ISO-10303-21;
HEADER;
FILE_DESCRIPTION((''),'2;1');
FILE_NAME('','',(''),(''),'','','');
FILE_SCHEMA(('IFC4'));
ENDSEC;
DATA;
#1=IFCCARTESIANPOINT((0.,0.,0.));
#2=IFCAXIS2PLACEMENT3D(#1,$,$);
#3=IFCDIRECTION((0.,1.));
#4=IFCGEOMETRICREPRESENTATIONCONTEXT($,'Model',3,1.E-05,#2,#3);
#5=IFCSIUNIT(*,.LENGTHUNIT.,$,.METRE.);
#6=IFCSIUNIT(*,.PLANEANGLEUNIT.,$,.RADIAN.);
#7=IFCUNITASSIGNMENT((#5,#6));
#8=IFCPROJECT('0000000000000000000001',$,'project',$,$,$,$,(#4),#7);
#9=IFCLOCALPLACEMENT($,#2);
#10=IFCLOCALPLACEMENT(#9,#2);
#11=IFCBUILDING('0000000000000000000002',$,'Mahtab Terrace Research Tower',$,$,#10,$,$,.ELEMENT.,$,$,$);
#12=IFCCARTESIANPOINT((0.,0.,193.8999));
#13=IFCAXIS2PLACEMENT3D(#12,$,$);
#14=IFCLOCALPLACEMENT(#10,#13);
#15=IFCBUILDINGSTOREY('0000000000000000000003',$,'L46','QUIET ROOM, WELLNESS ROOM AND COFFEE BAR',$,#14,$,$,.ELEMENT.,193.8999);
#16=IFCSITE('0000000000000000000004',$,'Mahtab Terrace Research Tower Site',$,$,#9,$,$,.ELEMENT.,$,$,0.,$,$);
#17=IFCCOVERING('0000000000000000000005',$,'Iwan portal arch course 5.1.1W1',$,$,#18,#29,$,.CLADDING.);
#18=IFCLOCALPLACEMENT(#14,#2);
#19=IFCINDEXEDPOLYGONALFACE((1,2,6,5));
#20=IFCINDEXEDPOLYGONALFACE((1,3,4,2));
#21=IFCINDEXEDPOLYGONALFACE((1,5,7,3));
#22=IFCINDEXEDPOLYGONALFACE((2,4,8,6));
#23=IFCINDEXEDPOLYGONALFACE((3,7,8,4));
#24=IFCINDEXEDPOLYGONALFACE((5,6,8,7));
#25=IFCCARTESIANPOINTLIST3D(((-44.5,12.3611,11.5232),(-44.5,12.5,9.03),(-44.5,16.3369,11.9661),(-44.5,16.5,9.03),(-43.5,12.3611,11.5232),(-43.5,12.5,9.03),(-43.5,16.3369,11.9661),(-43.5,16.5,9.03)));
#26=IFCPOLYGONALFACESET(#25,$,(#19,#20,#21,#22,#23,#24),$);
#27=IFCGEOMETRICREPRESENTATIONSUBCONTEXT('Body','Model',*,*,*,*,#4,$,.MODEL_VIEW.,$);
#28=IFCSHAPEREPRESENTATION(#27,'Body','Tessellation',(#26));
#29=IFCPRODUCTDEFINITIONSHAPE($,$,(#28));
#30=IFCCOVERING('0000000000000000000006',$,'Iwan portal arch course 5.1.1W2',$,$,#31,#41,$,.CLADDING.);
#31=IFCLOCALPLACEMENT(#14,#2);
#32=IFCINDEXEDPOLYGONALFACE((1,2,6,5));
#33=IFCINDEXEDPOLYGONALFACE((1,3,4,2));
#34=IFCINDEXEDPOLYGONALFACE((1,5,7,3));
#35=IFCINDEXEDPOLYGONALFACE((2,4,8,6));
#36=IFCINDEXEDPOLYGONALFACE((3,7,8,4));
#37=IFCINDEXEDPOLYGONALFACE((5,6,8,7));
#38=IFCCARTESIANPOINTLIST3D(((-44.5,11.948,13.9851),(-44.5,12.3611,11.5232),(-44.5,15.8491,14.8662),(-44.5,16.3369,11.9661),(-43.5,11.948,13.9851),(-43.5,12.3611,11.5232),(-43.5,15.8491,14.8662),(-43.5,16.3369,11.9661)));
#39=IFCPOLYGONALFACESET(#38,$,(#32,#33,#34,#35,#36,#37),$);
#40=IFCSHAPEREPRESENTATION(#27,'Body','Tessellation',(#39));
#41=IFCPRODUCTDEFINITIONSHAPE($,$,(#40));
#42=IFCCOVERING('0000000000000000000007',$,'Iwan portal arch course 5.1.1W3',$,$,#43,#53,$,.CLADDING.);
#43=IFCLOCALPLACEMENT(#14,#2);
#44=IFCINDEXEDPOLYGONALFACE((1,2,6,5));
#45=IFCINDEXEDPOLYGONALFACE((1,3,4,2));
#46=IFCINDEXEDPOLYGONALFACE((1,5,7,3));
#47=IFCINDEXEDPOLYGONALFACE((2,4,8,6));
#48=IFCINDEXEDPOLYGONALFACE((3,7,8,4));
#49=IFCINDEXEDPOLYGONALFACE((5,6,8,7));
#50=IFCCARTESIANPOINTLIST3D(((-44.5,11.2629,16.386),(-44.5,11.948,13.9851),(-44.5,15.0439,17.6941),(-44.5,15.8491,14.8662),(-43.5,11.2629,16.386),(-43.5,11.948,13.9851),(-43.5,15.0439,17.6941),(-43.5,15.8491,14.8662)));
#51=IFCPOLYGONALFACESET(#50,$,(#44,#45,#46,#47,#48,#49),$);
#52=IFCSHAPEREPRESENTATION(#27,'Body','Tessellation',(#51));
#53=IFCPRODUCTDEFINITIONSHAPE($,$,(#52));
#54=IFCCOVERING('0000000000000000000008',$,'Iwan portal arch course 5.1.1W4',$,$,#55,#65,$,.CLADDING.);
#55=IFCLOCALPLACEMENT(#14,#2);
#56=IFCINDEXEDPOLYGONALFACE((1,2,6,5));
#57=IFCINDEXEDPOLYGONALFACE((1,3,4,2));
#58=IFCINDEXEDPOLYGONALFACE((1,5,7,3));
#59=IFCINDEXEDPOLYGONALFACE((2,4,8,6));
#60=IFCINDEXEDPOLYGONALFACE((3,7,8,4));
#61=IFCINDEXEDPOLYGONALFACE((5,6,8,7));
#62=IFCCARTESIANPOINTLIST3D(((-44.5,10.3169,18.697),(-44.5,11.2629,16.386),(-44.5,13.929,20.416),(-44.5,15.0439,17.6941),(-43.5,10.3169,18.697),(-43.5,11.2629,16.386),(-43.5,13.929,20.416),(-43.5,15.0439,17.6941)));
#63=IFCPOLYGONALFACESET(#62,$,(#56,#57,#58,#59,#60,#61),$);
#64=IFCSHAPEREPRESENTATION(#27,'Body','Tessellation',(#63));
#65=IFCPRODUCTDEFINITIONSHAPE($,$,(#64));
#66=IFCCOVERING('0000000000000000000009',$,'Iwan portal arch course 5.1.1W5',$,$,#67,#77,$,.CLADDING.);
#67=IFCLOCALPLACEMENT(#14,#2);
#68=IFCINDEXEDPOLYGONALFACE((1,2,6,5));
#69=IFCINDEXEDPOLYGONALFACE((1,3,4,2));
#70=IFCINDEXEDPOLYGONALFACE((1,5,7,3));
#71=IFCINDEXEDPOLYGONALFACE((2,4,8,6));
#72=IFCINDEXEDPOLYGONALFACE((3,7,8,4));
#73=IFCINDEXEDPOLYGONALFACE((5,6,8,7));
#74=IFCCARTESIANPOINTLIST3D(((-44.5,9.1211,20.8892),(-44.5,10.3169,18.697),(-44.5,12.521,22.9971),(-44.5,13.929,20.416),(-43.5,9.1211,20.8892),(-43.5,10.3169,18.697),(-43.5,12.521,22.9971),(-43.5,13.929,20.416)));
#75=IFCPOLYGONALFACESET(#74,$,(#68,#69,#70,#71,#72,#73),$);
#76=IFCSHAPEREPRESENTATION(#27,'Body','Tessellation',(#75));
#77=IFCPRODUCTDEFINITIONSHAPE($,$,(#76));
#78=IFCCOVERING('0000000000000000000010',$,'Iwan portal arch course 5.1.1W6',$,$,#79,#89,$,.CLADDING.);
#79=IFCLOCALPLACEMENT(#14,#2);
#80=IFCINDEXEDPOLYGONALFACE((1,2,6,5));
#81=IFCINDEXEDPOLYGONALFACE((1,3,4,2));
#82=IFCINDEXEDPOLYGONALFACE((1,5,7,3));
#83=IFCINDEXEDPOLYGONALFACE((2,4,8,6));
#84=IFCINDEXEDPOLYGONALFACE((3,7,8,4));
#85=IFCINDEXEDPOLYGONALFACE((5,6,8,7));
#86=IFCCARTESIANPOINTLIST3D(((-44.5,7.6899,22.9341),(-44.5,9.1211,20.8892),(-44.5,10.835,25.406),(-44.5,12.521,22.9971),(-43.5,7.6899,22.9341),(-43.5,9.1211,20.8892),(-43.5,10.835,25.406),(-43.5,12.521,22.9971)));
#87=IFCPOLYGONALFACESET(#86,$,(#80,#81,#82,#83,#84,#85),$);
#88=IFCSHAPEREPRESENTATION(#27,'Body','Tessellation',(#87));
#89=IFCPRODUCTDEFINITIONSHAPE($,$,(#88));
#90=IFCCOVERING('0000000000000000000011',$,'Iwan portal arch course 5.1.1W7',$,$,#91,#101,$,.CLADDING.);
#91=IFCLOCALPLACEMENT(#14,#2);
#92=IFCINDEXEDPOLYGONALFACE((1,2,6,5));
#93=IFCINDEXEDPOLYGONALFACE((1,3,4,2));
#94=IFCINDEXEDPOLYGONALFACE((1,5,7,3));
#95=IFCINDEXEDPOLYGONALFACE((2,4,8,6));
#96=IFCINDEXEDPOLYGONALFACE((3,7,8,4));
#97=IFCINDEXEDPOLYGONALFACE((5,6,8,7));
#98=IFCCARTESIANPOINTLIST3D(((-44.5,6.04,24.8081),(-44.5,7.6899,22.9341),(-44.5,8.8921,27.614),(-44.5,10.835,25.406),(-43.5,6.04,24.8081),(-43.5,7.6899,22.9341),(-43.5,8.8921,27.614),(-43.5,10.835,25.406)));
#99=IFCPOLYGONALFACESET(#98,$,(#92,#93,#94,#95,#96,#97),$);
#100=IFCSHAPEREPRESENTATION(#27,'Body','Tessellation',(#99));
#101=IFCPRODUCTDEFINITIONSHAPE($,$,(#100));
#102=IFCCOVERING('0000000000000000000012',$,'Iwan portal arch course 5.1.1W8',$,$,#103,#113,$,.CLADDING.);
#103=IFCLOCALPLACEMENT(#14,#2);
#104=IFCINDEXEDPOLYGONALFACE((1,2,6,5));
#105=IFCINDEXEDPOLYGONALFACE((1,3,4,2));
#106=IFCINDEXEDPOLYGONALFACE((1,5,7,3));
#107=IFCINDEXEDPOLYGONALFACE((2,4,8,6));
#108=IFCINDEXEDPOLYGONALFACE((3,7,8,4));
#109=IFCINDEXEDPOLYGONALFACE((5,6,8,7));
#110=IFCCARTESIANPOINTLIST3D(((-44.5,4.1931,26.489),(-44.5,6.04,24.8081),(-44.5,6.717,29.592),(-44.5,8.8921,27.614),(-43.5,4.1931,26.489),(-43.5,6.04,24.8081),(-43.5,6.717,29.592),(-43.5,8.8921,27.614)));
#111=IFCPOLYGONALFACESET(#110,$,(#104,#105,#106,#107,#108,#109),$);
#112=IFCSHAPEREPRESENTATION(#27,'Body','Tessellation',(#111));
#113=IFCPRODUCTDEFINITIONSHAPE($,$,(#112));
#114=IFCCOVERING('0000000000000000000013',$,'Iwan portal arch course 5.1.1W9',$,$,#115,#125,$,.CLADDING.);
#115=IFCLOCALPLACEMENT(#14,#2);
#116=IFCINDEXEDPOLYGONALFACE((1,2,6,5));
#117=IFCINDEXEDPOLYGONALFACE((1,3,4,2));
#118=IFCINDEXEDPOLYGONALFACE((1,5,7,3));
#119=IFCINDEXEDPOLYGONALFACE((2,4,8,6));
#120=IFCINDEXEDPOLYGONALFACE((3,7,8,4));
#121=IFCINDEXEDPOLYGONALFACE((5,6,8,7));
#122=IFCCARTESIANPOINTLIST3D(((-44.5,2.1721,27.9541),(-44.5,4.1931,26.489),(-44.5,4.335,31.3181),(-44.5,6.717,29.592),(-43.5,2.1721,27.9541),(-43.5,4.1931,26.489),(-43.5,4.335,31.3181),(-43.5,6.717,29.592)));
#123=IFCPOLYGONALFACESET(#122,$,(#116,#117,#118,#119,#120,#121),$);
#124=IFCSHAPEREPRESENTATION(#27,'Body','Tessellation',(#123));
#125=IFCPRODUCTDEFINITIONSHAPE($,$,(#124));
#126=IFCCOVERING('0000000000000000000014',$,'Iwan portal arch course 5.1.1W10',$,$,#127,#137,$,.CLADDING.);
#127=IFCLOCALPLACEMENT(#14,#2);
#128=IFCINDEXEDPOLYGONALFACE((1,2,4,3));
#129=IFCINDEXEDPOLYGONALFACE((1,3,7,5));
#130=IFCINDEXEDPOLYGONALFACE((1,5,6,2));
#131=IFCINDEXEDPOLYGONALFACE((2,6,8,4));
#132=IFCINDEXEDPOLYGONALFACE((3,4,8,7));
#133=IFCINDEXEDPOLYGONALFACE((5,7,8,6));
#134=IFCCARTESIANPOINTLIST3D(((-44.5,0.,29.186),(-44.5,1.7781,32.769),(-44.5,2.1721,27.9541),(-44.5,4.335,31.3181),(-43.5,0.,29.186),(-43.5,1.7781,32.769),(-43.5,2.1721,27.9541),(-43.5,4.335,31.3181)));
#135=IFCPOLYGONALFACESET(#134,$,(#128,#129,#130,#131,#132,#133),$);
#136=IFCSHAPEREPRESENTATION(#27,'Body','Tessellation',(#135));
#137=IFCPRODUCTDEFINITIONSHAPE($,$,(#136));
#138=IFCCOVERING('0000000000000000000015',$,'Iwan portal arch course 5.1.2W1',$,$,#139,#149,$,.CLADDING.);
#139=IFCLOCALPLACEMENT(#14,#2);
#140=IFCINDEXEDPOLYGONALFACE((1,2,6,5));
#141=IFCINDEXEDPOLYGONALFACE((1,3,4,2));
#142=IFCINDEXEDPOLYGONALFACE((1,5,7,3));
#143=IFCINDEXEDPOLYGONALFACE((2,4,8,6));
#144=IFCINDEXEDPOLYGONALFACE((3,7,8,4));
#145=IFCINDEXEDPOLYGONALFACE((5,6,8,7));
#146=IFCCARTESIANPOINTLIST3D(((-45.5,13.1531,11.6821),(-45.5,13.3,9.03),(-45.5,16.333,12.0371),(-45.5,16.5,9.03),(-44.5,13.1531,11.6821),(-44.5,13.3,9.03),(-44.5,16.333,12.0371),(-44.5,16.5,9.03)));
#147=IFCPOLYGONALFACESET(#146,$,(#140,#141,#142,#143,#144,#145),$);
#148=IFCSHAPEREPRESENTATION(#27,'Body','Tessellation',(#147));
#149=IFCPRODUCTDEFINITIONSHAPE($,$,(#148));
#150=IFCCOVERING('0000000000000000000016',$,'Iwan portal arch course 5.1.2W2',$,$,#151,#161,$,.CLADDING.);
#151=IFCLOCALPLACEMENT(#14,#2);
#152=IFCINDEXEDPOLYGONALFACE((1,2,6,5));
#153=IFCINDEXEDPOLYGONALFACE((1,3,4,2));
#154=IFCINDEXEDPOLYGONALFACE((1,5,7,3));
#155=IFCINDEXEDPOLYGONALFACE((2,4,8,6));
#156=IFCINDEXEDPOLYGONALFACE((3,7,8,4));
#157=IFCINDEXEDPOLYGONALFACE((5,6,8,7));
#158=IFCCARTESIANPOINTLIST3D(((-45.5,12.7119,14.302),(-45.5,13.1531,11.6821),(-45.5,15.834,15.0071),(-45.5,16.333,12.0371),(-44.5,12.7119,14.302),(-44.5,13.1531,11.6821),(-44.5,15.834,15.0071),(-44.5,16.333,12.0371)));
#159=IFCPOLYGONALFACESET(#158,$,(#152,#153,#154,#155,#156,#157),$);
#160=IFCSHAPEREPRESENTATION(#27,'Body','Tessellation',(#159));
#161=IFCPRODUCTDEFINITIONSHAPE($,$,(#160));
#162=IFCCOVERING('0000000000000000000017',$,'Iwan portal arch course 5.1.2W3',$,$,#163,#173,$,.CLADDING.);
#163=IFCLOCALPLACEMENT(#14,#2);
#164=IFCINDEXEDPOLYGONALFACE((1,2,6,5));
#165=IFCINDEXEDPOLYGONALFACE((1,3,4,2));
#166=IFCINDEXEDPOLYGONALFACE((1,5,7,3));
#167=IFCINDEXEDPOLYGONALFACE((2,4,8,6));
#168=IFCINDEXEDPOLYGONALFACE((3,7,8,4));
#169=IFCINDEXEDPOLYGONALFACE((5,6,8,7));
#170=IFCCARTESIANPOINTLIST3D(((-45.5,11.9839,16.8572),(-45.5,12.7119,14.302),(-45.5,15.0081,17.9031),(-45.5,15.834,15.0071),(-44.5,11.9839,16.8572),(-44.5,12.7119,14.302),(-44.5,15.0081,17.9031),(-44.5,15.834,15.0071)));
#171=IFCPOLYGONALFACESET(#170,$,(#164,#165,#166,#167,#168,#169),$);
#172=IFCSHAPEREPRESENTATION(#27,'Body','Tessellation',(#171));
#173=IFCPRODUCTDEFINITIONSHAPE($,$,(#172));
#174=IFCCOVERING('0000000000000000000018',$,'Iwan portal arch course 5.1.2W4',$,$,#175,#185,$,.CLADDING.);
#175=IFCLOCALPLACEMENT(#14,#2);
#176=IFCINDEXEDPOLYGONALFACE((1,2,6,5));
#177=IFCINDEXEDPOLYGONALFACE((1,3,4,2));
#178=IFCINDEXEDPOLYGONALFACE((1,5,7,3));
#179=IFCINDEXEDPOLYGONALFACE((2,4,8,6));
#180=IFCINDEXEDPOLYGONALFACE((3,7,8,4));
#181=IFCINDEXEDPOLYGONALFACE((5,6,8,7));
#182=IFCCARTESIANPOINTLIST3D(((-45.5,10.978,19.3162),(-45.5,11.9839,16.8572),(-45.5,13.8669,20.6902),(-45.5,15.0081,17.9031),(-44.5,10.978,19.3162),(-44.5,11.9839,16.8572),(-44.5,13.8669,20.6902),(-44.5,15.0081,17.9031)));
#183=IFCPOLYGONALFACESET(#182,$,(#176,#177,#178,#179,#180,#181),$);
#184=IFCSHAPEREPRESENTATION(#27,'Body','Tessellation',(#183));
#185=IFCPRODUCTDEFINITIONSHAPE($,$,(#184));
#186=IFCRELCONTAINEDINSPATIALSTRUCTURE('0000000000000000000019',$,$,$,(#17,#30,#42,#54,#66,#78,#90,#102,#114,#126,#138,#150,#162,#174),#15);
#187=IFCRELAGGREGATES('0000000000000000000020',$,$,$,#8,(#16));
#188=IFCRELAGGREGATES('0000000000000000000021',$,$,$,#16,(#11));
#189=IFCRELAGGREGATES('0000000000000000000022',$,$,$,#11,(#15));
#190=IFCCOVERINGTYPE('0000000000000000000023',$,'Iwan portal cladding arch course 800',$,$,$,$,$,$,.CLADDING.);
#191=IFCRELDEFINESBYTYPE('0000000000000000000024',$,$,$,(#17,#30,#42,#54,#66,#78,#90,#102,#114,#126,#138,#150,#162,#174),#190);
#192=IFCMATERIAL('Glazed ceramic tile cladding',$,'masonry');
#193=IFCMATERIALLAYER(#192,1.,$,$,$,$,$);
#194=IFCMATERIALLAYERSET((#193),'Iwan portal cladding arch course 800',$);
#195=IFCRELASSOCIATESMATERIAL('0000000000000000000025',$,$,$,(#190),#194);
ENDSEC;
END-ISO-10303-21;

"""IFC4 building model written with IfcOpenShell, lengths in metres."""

from ifc_helpers import new_model, si_unit, direction, frame, origin, place, context, subcontext, project, spatial, polyline, outline, extrude, material, layer, layer_set, type_object, element, save


model = new_model("IFC4")

# Units and contexts
model_context = context("Model", 3, precision=1e-05, world=origin(), true_north=direction((0.0, 1.0)))
body_context = subcontext(model_context, "Body", "Model", "MODEL_VIEW")
ifc_project = project(units=[si_unit("LENGTHUNIT", "METRE"), si_unit("PLANEANGLEUNIT", "RADIAN")], contexts=[model_context])

# Site, building, storey
site_placement = place(None, origin())
site = spatial("IfcSite", under=ifc_project, at=site_placement, Name="Mahtab Terrace Research Tower Site", CompositionType="ELEMENT", RefElevation=0.0)
building_placement = place(site_placement, origin())
building = spatial("IfcBuilding", under=site, at=building_placement, Name="Mahtab Terrace Research Tower", CompositionType="ELEMENT")
storey_placement = place(building_placement, frame((0.0, 0.0, 193.8999)))
storey = spatial("IfcBuildingStorey", under=building, at=storey_placement, Name="L46", Description="QUIET ROOM, WELLNESS ROOM AND COFFEE BAR", CompositionType="ELEMENT", Elevation=193.8999)

# Coverings
ifc_material_1 = material(Name="Glazed ceramic tile cladding", Category="masonry")
ifc_layer_1 = layer(ifc_material_1, 1.0)
ifc_layer_set_1 = layer_set([ifc_layer_1], Name="Iwan portal cladding arch course 800")
covering_type_1 = type_object("IfcCoveringType", Name="Iwan portal cladding arch course 800", PredefinedType="CLADDING", material=ifc_layer_set_1)
covering_1_placement = place(storey_placement, frame((-43.5, 16.5, 9.03), z_axis=(1.0, 0.0, 0.0), x_axis=(0.0, -0.055461, 0.998461)))
element("IfcCovering", 1, at=covering_1_placement, inside=storey, type_object=covering_type_1, Name="Iwan portal arch course 5.1.1W1", PredefinedType="CLADDING", context=body_context, shape_type="SweptSolid", body=[
    extrude(outline(polyline([(0.0, 0.0), (2.9406, 0.0), (2.7189, 3.9943), (0.2218, 3.9938), (0.0, 0.0)])), origin(), (0.0, 0.0, -1.0), 1.0),
])
covering_2_placement = place(storey_placement, frame((-43.5, 16.3369, 11.9661), z_axis=(1.0, 0.0, 0.0), x_axis=(0.0, -0.165866, 0.986148)))
element("IfcCovering", 2, at=covering_2_placement, inside=storey, type_object=covering_type_1, Name="Iwan portal arch course 5.1.1W2", PredefinedType="CLADDING", context=body_context, shape_type="SweptSolid", body=[
    extrude(outline(polyline([(0.0, 0.0), (2.9409, 0.0), (2.719, 3.9932), (0.2227, 3.9942), (0.0, 0.0)])), origin(), (0.0, 0.0, -1.0), 1.0),
])
covering_3_placement = place(storey_placement, frame((-43.5, 15.8491, 14.8662), z_axis=(1.0, 0.0, 0.0), x_axis=(0.0, -0.273844, 0.961774)))
element("IfcCovering", 3, at=covering_3_placement, inside=storey, type_object=covering_type_1, Name="Iwan portal arch course 5.1.1W3", PredefinedType="CLADDING", context=body_context, shape_type="SweptSolid", body=[
    extrude(outline(polyline([(0.0, 0.0), (2.9403, 0.0), (2.7176, 3.9947), (0.2209, 3.9933), (0.0, 0.0)])), origin(), (0.0, 0.0, -1.0), 1.0),
])
covering_4_placement = place(storey_placement, frame((-43.5, 15.0439, 17.6941), z_axis=(1.0, 0.0, 0.0), x_axis=(0.0, -0.379063, 0.925371)))
element("IfcCovering", 4, at=covering_4_placement, inside=storey, type_object=covering_type_1, Name="Iwan portal arch course 5.1.1W4", PredefinedType="CLADDING", context=body_context, shape_type="SweptSolid", body=[
    extrude(outline(polyline([(0.0, 0.0), (2.9414, 0.0), (2.7199, 3.9941), (0.2228, 3.9947), (0.0, 0.0)])), origin(), (0.0, 0.0, -1.0), 1.0),
])
covering_5_placement = place(storey_placement, frame((-43.5, 13.929, 20.416), z_axis=(1.0, 0.0, 0.0), x_axis=(0.0, -0.478881, 0.87788)))
element("IfcCovering", 5, at=covering_5_placement, inside=storey, type_object=covering_type_1, Name="Iwan portal arch course 5.1.1W5", PredefinedType="CLADDING", context=body_context, shape_type="SweptSolid", body=[
    extrude(outline(polyline([(0.0, 0.0), (2.9401, 0.0), (2.7178, 3.9941), (0.2207, 3.9941), (0.0, 0.0)])), origin(), (0.0, 0.0, -1.0), 1.0),
])
covering_6_placement = place(storey_placement, frame((-43.5, 12.521, 22.9971), z_axis=(1.0, 0.0, 0.0), x_axis=(0.0, -0.573412, 0.819267)))
element("IfcCovering", 6, at=covering_6_placement, inside=storey, type_object=covering_type_1, Name="Iwan portal arch course 5.1.1W6", PredefinedType="CLADDING", context=body_context, shape_type="SweptSolid", body=[
    extrude(outline(polyline([(0.0, 0.0), (2.9404, 0.0), (2.7186, 3.994), (0.2226, 3.9941), (0.0, 0.0)])), origin(), (0.0, 0.0, -1.0), 1.0),
])
covering_7_placement = place(storey_placement, frame((-43.5, 10.835, 25.406), z_axis=(1.0, 0.0, 0.0), x_axis=(0.0, -0.660594, 0.750743)))
element("IfcCovering", 7, at=covering_7_placement, inside=storey, type_object=covering_type_1, Name="Iwan portal arch course 5.1.1W7", PredefinedType="CLADDING", context=body_context, shape_type="SweptSolid", body=[
    extrude(outline(polyline([(0.0, 0.0), (2.9411, 0.0), (2.7186, 3.9947), (0.2218, 3.994), (0.0, 0.0)])), origin(), (0.0, 0.0, -1.0), 1.0),
])
covering_8_placement = place(storey_placement, frame((-43.5, 8.8921, 27.614), z_axis=(1.0, 0.0, 0.0), x_axis=(0.0, -0.73982, 0.672805)))
element("IfcCovering", 8, at=covering_8_placement, inside=storey, type_object=covering_type_1, Name="Iwan portal arch course 5.1.1W8", PredefinedType="CLADDING", context=body_context, shape_type="SweptSolid", body=[
    extrude(outline(polyline([(0.0, 0.0), (2.94, 0.0), (2.7195, 3.9938), (0.2222, 3.9947), (0.0, 0.0)])), origin(), (0.0, 0.0, -1.0), 1.0),
])
covering_9_placement = place(storey_placement, frame((-43.5, 6.717, 29.592), z_axis=(1.0, 0.0, 0.0), x_axis=(0.0, -0.809761, 0.586759)))
element("IfcCovering", 9, at=covering_9_placement, inside=storey, type_object=covering_type_1, Name="Iwan portal arch course 5.1.1W9", PredefinedType="CLADDING", context=body_context, shape_type="SweptSolid", body=[
    extrude(outline(polyline([(0.0, 0.0), (2.9417, 0.0), (2.7192, 3.9931), (0.223, 3.9936), (0.0, 0.0)])), origin(), (0.0, 0.0, -1.0), 1.0),
])
covering_10_placement = place(storey_placement, frame((-43.5, 4.335, 31.3181), z_axis=(1.0, 0.0, 0.0), x_axis=(0.0, -0.869726, 0.493534)))
element("IfcCovering", 10, at=covering_10_placement, inside=storey, type_object=covering_type_1, Name="Iwan portal arch course 5.1.1W10", PredefinedType="CLADDING", context=body_context, shape_type="SweptSolid", body=[
    extrude(outline(polyline([(0.0, 0.0), (2.9399, 0.0), (2.718, 3.9938), (0.2208, 3.9932), (0.0, 0.0)])), origin(), (0.0, 0.0, -1.0), 1.0),
])
covering_11_placement = place(storey_placement, frame((-44.5, 16.5, 9.03), z_axis=(1.0, 0.0, 0.0), x_axis=(0.0, -0.055448, 0.998462)))
element("IfcCovering", 11, at=covering_11_placement, inside=storey, type_object=covering_type_1, Name="Iwan portal arch course 5.1.2W1", PredefinedType="CLADDING", context=body_context, shape_type="SweptSolid", body=[
    extrude(outline(polyline([(0.0, 0.0), (3.0117, 0.0), (2.8336, 3.1947), (0.1774, 3.195), (0.0, 0.0)])), origin(), (0.0, 0.0, -1.0), 1.0),
])
covering_12_placement = place(storey_placement, frame((-44.5, 16.333, 12.0371), z_axis=(1.0, 0.0, 0.0), x_axis=(0.0, -0.1657, 0.986176)))
element("IfcCovering", 12, at=covering_12_placement, inside=storey, type_object=covering_type_1, Name="Iwan portal arch course 5.1.2W2", PredefinedType="CLADDING", context=body_context, shape_type="SweptSolid", body=[
    extrude(outline(polyline([(0.0, 0.0), (3.0116, 0.0), (2.8336, 3.1957), (0.1768, 3.1948), (0.0, 0.0)])), origin(), (0.0, 0.0, -1.0), 1.0),
])
covering_13_placement = place(storey_placement, frame((-44.5, 15.834, 15.0071), z_axis=(1.0, 0.0, 0.0), x_axis=(0.0, -0.274261, 0.961655)))
element("IfcCovering", 13, at=covering_13_placement, inside=storey, type_object=covering_type_1, Name="Iwan portal arch course 5.1.2W3", PredefinedType="CLADDING", context=body_context, shape_type="SweptSolid", body=[
    extrude(outline(polyline([(0.0, 0.0), (3.0115, 0.0), (2.8351, 3.1951), (0.1782, 3.1957), (0.0, 0.0)])), origin(), (0.0, 0.0, -1.0), 1.0),
])
covering_14_placement = place(storey_placement, frame((-44.5, 15.0081, 17.9031), z_axis=(1.0, 0.0, 0.0), x_axis=(0.0, -0.378898, 0.925438)))
element("IfcCovering", 14, at=covering_14_placement, inside=storey, type_object=covering_type_1, Name="Iwan portal arch course 5.1.2W4", PredefinedType="CLADDING", context=body_context, shape_type="SweptSolid", body=[
    extrude(outline(polyline([(0.0, 0.0), (3.0117, 0.0), (2.8347, 3.1941), (0.1779, 3.195), (0.0, 0.0)])), origin(), (0.0, 0.0, -1.0), 1.0),
])

save(model, "model.ifc")
